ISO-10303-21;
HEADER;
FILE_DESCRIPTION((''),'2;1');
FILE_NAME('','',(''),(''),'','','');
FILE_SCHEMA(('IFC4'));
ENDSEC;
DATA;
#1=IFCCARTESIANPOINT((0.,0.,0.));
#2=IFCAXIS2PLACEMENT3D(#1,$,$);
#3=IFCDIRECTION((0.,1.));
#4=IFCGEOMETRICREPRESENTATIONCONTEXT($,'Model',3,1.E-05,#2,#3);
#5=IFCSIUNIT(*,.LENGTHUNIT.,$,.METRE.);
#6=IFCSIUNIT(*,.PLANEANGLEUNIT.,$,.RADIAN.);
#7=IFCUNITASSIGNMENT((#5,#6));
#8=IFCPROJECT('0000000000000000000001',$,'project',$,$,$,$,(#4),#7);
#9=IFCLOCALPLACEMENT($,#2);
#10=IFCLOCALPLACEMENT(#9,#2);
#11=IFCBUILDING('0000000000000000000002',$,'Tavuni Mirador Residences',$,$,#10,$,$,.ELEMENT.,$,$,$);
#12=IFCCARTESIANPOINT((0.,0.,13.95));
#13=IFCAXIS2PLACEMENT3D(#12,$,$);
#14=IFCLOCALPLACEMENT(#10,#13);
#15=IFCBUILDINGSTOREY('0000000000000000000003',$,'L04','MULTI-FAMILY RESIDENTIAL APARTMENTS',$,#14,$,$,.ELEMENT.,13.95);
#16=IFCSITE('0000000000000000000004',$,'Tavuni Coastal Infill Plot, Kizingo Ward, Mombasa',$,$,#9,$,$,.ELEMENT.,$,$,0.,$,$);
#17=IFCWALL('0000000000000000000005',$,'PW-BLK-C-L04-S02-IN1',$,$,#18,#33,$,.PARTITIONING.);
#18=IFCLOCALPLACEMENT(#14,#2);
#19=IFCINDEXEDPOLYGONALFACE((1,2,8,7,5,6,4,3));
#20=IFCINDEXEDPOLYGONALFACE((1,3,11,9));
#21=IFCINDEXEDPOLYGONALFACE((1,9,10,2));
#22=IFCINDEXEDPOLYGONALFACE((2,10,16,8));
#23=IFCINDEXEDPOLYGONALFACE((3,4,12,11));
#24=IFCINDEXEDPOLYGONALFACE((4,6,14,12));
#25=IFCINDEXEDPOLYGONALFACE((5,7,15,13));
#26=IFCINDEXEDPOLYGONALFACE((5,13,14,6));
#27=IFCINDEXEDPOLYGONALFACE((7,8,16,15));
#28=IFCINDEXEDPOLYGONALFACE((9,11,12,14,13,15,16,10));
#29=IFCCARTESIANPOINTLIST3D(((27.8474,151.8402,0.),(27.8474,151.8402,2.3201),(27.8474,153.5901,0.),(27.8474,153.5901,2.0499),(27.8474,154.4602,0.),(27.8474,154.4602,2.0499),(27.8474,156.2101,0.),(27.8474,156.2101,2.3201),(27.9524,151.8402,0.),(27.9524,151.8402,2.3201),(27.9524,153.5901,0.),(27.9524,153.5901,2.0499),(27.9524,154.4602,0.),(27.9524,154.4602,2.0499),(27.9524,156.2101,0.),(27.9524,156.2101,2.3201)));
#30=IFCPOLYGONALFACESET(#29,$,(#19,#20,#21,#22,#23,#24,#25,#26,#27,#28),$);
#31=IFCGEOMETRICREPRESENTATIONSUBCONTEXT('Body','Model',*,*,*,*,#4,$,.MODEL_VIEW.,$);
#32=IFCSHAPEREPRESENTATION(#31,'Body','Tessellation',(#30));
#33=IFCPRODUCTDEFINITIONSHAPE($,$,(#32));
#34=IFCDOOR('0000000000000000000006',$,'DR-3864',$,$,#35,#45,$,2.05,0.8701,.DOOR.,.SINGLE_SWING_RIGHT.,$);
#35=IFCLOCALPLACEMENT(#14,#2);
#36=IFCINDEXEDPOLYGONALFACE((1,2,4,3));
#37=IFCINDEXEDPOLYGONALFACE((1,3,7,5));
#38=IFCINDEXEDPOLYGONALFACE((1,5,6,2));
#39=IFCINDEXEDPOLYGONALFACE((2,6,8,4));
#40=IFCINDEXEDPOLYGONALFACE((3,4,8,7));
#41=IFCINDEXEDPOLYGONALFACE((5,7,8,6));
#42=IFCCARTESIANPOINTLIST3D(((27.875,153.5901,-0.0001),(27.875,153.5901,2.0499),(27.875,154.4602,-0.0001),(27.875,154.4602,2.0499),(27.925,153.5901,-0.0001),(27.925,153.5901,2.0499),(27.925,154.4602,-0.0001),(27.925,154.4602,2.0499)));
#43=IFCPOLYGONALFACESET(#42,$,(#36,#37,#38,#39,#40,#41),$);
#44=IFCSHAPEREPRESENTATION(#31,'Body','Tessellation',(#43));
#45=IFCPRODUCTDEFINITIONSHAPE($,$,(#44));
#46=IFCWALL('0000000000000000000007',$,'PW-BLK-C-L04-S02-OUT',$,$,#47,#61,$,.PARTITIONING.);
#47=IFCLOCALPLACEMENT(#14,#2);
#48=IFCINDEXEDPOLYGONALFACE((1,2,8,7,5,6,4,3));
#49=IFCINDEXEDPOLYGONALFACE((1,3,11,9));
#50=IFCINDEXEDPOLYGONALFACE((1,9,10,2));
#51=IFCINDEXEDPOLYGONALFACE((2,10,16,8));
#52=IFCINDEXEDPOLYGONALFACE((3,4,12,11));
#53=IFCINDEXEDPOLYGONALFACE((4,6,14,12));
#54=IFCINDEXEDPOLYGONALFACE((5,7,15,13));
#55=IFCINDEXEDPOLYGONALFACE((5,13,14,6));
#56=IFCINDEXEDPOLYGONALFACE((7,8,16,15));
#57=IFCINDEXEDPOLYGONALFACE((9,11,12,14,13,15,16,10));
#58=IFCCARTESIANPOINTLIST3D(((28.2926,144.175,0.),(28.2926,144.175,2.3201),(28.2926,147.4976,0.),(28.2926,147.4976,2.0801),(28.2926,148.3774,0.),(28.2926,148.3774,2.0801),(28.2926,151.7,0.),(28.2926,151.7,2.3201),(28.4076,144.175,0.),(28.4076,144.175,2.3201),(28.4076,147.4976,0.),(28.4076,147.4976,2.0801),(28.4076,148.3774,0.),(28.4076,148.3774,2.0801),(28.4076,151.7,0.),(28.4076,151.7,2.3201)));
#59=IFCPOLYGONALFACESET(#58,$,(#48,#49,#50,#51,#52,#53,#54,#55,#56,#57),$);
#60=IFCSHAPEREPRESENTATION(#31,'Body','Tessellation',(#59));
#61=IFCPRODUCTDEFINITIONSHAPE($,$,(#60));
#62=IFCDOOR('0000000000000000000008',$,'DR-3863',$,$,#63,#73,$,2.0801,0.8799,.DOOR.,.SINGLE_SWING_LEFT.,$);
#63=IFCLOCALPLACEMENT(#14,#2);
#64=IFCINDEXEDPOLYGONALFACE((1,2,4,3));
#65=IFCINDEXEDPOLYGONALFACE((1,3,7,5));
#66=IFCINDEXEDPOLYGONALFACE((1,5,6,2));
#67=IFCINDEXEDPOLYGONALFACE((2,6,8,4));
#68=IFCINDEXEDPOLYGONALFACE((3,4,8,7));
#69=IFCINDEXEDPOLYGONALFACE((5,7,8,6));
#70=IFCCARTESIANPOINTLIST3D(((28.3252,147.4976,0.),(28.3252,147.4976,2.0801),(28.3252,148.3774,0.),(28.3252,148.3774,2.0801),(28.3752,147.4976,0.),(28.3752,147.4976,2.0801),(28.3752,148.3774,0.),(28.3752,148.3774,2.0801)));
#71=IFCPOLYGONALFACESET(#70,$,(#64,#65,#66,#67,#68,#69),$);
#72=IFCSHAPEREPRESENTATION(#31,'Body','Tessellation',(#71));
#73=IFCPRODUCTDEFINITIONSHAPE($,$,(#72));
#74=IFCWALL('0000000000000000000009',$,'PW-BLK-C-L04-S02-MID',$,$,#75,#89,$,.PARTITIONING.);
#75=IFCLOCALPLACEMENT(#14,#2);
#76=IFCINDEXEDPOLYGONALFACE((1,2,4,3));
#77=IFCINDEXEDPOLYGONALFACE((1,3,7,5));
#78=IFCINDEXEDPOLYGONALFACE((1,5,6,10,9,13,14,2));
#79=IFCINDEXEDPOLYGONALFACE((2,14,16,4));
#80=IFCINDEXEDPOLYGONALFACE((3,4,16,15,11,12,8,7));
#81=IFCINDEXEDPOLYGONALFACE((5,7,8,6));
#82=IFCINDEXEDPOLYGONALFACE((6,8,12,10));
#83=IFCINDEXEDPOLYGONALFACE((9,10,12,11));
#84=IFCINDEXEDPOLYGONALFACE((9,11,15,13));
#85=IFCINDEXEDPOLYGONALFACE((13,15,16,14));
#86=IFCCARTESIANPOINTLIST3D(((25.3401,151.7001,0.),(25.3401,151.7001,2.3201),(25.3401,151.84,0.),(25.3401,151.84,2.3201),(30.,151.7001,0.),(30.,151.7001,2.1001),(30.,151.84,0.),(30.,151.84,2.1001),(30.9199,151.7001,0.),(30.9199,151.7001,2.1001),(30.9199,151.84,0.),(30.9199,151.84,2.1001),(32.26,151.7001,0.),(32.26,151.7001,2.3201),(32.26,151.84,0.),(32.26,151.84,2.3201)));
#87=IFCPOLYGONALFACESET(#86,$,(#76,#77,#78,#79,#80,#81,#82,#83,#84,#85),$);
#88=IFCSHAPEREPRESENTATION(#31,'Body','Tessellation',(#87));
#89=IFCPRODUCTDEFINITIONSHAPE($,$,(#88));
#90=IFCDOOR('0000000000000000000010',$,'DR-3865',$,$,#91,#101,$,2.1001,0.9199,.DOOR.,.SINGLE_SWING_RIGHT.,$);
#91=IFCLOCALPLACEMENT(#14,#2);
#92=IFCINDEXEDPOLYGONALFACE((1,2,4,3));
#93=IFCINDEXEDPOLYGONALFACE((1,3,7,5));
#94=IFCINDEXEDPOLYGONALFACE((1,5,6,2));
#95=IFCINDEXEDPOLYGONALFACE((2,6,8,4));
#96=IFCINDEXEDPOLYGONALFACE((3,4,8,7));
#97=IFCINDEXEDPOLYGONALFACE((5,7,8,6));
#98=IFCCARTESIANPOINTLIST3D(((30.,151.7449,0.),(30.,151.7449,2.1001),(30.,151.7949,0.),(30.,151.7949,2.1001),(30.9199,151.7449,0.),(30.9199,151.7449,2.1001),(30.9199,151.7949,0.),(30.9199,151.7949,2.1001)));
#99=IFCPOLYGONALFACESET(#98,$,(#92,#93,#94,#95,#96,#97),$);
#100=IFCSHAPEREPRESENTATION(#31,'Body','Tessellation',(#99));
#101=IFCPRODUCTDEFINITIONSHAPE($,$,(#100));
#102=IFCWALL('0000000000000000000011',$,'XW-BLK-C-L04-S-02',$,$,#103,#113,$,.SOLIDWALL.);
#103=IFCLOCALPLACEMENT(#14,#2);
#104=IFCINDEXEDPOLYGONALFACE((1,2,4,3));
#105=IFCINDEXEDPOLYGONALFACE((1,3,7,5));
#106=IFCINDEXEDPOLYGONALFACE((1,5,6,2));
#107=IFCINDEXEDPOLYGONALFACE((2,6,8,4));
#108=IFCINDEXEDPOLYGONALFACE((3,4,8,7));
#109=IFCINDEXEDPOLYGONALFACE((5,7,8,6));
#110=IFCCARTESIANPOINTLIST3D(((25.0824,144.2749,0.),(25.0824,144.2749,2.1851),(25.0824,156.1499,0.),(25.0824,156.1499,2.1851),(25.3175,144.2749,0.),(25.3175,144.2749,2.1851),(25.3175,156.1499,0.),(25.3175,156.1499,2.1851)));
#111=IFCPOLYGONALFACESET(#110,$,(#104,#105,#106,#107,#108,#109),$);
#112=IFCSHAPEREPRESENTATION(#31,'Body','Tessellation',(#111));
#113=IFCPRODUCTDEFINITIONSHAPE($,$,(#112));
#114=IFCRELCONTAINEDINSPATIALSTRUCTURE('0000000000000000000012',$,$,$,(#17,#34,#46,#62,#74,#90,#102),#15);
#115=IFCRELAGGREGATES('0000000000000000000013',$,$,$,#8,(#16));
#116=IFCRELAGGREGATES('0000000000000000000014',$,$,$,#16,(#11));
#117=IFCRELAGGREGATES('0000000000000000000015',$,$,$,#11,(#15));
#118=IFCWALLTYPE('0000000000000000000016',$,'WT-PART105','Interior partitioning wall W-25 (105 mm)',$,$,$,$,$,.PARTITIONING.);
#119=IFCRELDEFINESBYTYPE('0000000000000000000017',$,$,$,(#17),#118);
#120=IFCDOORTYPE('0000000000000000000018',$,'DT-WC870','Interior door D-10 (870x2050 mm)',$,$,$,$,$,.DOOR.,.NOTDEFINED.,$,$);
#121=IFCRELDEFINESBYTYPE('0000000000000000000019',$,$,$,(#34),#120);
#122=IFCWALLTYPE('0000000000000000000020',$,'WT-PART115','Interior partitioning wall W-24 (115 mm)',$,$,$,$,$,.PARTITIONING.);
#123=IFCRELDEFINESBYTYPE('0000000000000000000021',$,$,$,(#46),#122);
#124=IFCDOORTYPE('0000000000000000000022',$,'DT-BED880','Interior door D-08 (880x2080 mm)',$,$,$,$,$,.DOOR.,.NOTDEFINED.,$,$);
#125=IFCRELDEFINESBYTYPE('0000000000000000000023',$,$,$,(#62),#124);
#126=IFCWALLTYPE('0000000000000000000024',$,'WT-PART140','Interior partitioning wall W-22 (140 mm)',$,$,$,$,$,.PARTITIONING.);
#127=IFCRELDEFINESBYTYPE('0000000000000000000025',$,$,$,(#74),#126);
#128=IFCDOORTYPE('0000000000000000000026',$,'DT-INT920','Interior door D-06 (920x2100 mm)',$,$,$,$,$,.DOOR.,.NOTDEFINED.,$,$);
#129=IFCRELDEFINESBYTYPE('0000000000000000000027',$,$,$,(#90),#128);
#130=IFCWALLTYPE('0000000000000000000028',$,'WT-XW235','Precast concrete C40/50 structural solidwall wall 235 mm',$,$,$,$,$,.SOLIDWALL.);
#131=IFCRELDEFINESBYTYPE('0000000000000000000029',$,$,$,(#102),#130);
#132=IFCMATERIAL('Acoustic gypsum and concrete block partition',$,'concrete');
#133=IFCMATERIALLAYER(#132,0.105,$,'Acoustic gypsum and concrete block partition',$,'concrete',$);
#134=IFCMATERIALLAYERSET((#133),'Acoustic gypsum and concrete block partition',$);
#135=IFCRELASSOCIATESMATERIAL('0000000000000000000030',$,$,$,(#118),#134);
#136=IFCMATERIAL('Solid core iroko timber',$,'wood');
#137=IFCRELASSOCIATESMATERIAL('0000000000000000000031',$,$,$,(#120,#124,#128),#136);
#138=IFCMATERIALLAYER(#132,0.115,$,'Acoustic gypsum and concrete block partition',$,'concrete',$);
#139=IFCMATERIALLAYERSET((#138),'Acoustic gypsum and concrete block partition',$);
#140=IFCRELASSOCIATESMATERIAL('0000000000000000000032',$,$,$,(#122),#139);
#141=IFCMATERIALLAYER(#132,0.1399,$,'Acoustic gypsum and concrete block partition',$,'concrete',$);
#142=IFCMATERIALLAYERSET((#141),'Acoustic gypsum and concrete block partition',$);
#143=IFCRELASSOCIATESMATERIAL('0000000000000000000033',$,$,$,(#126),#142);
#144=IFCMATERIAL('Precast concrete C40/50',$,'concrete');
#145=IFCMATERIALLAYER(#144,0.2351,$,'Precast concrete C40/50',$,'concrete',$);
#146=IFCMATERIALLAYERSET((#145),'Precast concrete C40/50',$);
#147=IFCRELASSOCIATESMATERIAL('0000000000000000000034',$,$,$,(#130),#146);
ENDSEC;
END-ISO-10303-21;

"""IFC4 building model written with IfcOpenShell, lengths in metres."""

from ifc_helpers import new_model, si_unit, direction, frame, frame_2d, origin, place, context, subcontext, project, spatial, rectangle, extrude, material, layer, layer_set, type_object, element, fill, save


model = new_model("IFC4")

# Units and contexts
model_context = context("Model", 3, precision=1e-05, world=origin(), true_north=direction((0.0, 1.0)))
body_context = subcontext(model_context, "Body", "Model", "MODEL_VIEW")
ifc_project = project(units=[si_unit("LENGTHUNIT", "METRE"), si_unit("PLANEANGLEUNIT", "RADIAN")], contexts=[model_context])

# Site, building, storey
site_placement = place(None, origin())
site = spatial("IfcSite", under=ifc_project, at=site_placement, Name="Tavuni Coastal Infill Plot, Kizingo Ward, Mombasa", CompositionType="ELEMENT", RefElevation=0.0)
building_placement = place(site_placement, origin())
building = spatial("IfcBuilding", under=site, at=building_placement, Name="Tavuni Mirador Residences", CompositionType="ELEMENT")
storey_placement = place(building_placement, frame((0.0, 0.0, 13.95)))
storey = spatial("IfcBuildingStorey", under=building, at=storey_placement, Name="L04", Description="MULTI-FAMILY RESIDENTIAL APARTMENTS", CompositionType="ELEMENT", Elevation=13.95)

# Shared definitions
ifc_material_1 = material(Name="Precast concrete C40/50", Category="concrete")

# Shared definitions
ifc_material_2 = material(Name="Solid core iroko timber", Category="wood")

# Walls, openings, doors
ifc_material_3 = material(Name="Acoustic gypsum and concrete block partition", Category="concrete")
ifc_layer_1 = layer(ifc_material_3, 0.105, Name="Acoustic gypsum and concrete block partition", Category="concrete")
ifc_layer_set_1 = layer_set([ifc_layer_1], Name="Acoustic gypsum and concrete block partition")
wall_type_1 = type_object("IfcWallType", Name="WT-PART105", Description="Interior partitioning wall W-25 (105 mm)", PredefinedType="PARTITIONING", material=ifc_layer_set_1)
wall_1_placement = place(storey_placement, frame((27.8999, 151.8401, 0.0), z_axis=(0.0, 0.0, 1.0), x_axis=(0.0, 1.0, 0.0)))
wall_1 = element("IfcWall", 1, at=wall_1_placement, inside=storey, type_object=wall_type_1, Name="PW-BLK-C-L04-S02-IN1", PredefinedType="PARTITIONING", context=body_context, shape_type="SweptSolid", body=[
    extrude(rectangle(XDim=4.3699, YDim=0.105, at=frame_2d((2.1851, 0.0))), origin(), (0.0, 0.0, 1.0), 2.3201),
])
opening_1_placement = place(wall_1_placement, frame((1.75, 0.0, 0.0)))
opening_1 = element("IfcOpeningElement", 2, at=opening_1_placement, cuts=wall_1, PredefinedType="OPENING", context=body_context, shape_type="SweptSolid", body=[
    extrude(rectangle(XDim=0.8701, YDim=2.05, at=frame_2d((0.4351, 1.0249))), frame((0.0, 0.0625, 0.0), z_axis=(0.0, -1.0, 0.0), x_axis=(1.0, 0.0, 0.0)), (0.0, 0.0, 1.0), 0.125),
])
door_type_1 = type_object("IfcDoorType", Name="DT-WC870", Description="Interior door D-10 (870x2050 mm)", OperationType="NOTDEFINED", PredefinedType="DOOR", material=ifc_material_2)
door_1_placement = place(opening_1_placement, origin())
door_1 = element("IfcDoor", 3, at=door_1_placement, inside=storey, type_object=door_type_1, Name="DR-3864", OperationType="SINGLE_SWING_RIGHT", OverallHeight=2.05, OverallWidth=0.8701, PredefinedType="DOOR", context=body_context, shape_type="SweptSolid", body=[
    extrude(rectangle(XDim=0.8701, YDim=2.05, at=frame_2d((0.4351, 1.0249))), frame((0.0, 0.0249, 0.0), z_axis=(0.0, -1.0, 0.0), x_axis=(1.0, 0.0, 0.0)), (0.0, 0.0, 1.0), 0.05),
])
fill(opening_1, door_1)
ifc_layer_2 = layer(ifc_material_3, 0.115, Name="Acoustic gypsum and concrete block partition", Category="concrete")
ifc_layer_set_2 = layer_set([ifc_layer_2], Name="Acoustic gypsum and concrete block partition")
wall_type_2 = type_object("IfcWallType", Name="WT-PART115", Description="Interior partitioning wall W-24 (115 mm)", PredefinedType="PARTITIONING", material=ifc_layer_set_2)
wall_2_placement = place(storey_placement, frame((28.3501, 144.175, 0.0), z_axis=(0.0, 0.0, 1.0), x_axis=(0.0, 1.0, 0.0)))
wall_2 = element("IfcWall", 4, at=wall_2_placement, inside=storey, type_object=wall_type_2, Name="PW-BLK-C-L04-S02-OUT", PredefinedType="PARTITIONING", context=body_context, shape_type="SweptSolid", body=[
    extrude(rectangle(XDim=7.5249, YDim=0.115, at=frame_2d((3.7625, 0.0))), origin(), (0.0, 0.0, 1.0), 2.3201),
])
opening_2_placement = place(wall_2_placement, frame((3.3225, 0.0, 0.0)))
opening_2 = element("IfcOpeningElement", 5, at=opening_2_placement, cuts=wall_2, PredefinedType="OPENING", context=body_context, shape_type="SweptSolid", body=[
    extrude(rectangle(XDim=0.8799, YDim=2.0801, at=frame_2d((0.4399, 1.04))), frame((0.0, 0.0674, 0.0), z_axis=(0.0, -1.0, 0.0), x_axis=(1.0, 0.0, 0.0)), (0.0, 0.0, 1.0), 0.135),
])
door_type_2 = type_object("IfcDoorType", Name="DT-BED880", Description="Interior door D-08 (880x2080 mm)", OperationType="NOTDEFINED", PredefinedType="DOOR", material=ifc_material_2)
door_2_placement = place(opening_2_placement, origin())
door_2 = element("IfcDoor", 6, at=door_2_placement, inside=storey, type_object=door_type_2, Name="DR-3863", OperationType="SINGLE_SWING_LEFT", OverallHeight=2.0801, OverallWidth=0.8799, PredefinedType="DOOR", context=body_context, shape_type="SweptSolid", body=[
    extrude(rectangle(XDim=0.8799, YDim=2.0801, at=frame_2d((0.4399, 1.04))), frame((0.0, 0.0249, 0.0), z_axis=(0.0, -1.0, 0.0), x_axis=(1.0, 0.0, 0.0)), (0.0, 0.0, 1.0), 0.05),
])
fill(opening_2, door_2)
ifc_layer_3 = layer(ifc_material_3, 0.1399, Name="Acoustic gypsum and concrete block partition", Category="concrete")
ifc_layer_set_3 = layer_set([ifc_layer_3], Name="Acoustic gypsum and concrete block partition")
wall_type_3 = type_object("IfcWallType", Name="WT-PART140", Description="Interior partitioning wall W-22 (140 mm)", PredefinedType="PARTITIONING", material=ifc_layer_set_3)
wall_3_placement = place(storey_placement, frame((25.3401, 151.77, 0.0), z_axis=(0.0, 0.0, 1.0), x_axis=(1.0, 0.0, 0.0)))
wall_3 = element("IfcWall", 7, at=wall_3_placement, inside=storey, type_object=wall_type_3, Name="PW-BLK-C-L04-S02-MID", PredefinedType="PARTITIONING", context=body_context, shape_type="SweptSolid", body=[
    extrude(rectangle(XDim=6.9199, YDim=0.1399, at=frame_2d((3.46, 0.0))), origin(), (0.0, 0.0, 1.0), 2.3201),
])
opening_3_placement = place(wall_3_placement, frame((4.6599, 0.0, 0.0)))
opening_3 = element("IfcOpeningElement", 8, at=opening_3_placement, cuts=wall_3, PredefinedType="OPENING", context=body_context, shape_type="SweptSolid", body=[
    extrude(rectangle(XDim=0.9199, YDim=2.1001, at=frame_2d((0.46, 1.05))), frame((0.0, 0.0801, 0.0), z_axis=(0.0, -1.0, 0.0), x_axis=(1.0, 0.0, 0.0)), (0.0, 0.0, 1.0), 0.1599),
])
door_type_3 = type_object("IfcDoorType", Name="DT-INT920", Description="Interior door D-06 (920x2100 mm)", OperationType="NOTDEFINED", PredefinedType="DOOR", material=ifc_material_2)
door_3_placement = place(opening_3_placement, origin())
door_3 = element("IfcDoor", 9, at=door_3_placement, inside=storey, type_object=door_type_3, Name="DR-3865", OperationType="SINGLE_SWING_RIGHT", OverallHeight=2.1001, OverallWidth=0.9199, PredefinedType="DOOR", context=body_context, shape_type="SweptSolid", body=[
    extrude(rectangle(XDim=0.9199, YDim=2.1001, at=frame_2d((0.46, 1.05))), frame((0.0, 0.0249, 0.0), z_axis=(0.0, -1.0, 0.0), x_axis=(1.0, 0.0, 0.0)), (0.0, 0.0, 1.0), 0.05),
])
fill(opening_3, door_3)

# Wall
ifc_layer_4 = layer(ifc_material_1, 0.2351, Name="Precast concrete C40/50", Category="concrete")
ifc_layer_set_4 = layer_set([ifc_layer_4], Name="Precast concrete C40/50")
wall_type_4 = type_object("IfcWallType", Name="WT-XW235", Description="Precast concrete C40/50 structural solidwall wall 235 mm", PredefinedType="SOLIDWALL", material=ifc_layer_set_4)
wall_4_placement = place(storey_placement, frame((25.2, 144.2749, 0.0), z_axis=(0.0, 0.0, 1.0), x_axis=(0.0, 1.0, 0.0)))
element("IfcWall", 10, at=wall_4_placement, inside=storey, type_object=wall_type_4, Name="XW-BLK-C-L04-S-02", PredefinedType="SOLIDWALL", context=body_context, shape_type="SweptSolid", body=[
    extrude(rectangle(XDim=11.875, YDim=0.2351, at=frame_2d((5.9375, 0.0))), origin(), (0.0, 0.0, 1.0), 2.1851),
])

save(model, "model.ifc")
